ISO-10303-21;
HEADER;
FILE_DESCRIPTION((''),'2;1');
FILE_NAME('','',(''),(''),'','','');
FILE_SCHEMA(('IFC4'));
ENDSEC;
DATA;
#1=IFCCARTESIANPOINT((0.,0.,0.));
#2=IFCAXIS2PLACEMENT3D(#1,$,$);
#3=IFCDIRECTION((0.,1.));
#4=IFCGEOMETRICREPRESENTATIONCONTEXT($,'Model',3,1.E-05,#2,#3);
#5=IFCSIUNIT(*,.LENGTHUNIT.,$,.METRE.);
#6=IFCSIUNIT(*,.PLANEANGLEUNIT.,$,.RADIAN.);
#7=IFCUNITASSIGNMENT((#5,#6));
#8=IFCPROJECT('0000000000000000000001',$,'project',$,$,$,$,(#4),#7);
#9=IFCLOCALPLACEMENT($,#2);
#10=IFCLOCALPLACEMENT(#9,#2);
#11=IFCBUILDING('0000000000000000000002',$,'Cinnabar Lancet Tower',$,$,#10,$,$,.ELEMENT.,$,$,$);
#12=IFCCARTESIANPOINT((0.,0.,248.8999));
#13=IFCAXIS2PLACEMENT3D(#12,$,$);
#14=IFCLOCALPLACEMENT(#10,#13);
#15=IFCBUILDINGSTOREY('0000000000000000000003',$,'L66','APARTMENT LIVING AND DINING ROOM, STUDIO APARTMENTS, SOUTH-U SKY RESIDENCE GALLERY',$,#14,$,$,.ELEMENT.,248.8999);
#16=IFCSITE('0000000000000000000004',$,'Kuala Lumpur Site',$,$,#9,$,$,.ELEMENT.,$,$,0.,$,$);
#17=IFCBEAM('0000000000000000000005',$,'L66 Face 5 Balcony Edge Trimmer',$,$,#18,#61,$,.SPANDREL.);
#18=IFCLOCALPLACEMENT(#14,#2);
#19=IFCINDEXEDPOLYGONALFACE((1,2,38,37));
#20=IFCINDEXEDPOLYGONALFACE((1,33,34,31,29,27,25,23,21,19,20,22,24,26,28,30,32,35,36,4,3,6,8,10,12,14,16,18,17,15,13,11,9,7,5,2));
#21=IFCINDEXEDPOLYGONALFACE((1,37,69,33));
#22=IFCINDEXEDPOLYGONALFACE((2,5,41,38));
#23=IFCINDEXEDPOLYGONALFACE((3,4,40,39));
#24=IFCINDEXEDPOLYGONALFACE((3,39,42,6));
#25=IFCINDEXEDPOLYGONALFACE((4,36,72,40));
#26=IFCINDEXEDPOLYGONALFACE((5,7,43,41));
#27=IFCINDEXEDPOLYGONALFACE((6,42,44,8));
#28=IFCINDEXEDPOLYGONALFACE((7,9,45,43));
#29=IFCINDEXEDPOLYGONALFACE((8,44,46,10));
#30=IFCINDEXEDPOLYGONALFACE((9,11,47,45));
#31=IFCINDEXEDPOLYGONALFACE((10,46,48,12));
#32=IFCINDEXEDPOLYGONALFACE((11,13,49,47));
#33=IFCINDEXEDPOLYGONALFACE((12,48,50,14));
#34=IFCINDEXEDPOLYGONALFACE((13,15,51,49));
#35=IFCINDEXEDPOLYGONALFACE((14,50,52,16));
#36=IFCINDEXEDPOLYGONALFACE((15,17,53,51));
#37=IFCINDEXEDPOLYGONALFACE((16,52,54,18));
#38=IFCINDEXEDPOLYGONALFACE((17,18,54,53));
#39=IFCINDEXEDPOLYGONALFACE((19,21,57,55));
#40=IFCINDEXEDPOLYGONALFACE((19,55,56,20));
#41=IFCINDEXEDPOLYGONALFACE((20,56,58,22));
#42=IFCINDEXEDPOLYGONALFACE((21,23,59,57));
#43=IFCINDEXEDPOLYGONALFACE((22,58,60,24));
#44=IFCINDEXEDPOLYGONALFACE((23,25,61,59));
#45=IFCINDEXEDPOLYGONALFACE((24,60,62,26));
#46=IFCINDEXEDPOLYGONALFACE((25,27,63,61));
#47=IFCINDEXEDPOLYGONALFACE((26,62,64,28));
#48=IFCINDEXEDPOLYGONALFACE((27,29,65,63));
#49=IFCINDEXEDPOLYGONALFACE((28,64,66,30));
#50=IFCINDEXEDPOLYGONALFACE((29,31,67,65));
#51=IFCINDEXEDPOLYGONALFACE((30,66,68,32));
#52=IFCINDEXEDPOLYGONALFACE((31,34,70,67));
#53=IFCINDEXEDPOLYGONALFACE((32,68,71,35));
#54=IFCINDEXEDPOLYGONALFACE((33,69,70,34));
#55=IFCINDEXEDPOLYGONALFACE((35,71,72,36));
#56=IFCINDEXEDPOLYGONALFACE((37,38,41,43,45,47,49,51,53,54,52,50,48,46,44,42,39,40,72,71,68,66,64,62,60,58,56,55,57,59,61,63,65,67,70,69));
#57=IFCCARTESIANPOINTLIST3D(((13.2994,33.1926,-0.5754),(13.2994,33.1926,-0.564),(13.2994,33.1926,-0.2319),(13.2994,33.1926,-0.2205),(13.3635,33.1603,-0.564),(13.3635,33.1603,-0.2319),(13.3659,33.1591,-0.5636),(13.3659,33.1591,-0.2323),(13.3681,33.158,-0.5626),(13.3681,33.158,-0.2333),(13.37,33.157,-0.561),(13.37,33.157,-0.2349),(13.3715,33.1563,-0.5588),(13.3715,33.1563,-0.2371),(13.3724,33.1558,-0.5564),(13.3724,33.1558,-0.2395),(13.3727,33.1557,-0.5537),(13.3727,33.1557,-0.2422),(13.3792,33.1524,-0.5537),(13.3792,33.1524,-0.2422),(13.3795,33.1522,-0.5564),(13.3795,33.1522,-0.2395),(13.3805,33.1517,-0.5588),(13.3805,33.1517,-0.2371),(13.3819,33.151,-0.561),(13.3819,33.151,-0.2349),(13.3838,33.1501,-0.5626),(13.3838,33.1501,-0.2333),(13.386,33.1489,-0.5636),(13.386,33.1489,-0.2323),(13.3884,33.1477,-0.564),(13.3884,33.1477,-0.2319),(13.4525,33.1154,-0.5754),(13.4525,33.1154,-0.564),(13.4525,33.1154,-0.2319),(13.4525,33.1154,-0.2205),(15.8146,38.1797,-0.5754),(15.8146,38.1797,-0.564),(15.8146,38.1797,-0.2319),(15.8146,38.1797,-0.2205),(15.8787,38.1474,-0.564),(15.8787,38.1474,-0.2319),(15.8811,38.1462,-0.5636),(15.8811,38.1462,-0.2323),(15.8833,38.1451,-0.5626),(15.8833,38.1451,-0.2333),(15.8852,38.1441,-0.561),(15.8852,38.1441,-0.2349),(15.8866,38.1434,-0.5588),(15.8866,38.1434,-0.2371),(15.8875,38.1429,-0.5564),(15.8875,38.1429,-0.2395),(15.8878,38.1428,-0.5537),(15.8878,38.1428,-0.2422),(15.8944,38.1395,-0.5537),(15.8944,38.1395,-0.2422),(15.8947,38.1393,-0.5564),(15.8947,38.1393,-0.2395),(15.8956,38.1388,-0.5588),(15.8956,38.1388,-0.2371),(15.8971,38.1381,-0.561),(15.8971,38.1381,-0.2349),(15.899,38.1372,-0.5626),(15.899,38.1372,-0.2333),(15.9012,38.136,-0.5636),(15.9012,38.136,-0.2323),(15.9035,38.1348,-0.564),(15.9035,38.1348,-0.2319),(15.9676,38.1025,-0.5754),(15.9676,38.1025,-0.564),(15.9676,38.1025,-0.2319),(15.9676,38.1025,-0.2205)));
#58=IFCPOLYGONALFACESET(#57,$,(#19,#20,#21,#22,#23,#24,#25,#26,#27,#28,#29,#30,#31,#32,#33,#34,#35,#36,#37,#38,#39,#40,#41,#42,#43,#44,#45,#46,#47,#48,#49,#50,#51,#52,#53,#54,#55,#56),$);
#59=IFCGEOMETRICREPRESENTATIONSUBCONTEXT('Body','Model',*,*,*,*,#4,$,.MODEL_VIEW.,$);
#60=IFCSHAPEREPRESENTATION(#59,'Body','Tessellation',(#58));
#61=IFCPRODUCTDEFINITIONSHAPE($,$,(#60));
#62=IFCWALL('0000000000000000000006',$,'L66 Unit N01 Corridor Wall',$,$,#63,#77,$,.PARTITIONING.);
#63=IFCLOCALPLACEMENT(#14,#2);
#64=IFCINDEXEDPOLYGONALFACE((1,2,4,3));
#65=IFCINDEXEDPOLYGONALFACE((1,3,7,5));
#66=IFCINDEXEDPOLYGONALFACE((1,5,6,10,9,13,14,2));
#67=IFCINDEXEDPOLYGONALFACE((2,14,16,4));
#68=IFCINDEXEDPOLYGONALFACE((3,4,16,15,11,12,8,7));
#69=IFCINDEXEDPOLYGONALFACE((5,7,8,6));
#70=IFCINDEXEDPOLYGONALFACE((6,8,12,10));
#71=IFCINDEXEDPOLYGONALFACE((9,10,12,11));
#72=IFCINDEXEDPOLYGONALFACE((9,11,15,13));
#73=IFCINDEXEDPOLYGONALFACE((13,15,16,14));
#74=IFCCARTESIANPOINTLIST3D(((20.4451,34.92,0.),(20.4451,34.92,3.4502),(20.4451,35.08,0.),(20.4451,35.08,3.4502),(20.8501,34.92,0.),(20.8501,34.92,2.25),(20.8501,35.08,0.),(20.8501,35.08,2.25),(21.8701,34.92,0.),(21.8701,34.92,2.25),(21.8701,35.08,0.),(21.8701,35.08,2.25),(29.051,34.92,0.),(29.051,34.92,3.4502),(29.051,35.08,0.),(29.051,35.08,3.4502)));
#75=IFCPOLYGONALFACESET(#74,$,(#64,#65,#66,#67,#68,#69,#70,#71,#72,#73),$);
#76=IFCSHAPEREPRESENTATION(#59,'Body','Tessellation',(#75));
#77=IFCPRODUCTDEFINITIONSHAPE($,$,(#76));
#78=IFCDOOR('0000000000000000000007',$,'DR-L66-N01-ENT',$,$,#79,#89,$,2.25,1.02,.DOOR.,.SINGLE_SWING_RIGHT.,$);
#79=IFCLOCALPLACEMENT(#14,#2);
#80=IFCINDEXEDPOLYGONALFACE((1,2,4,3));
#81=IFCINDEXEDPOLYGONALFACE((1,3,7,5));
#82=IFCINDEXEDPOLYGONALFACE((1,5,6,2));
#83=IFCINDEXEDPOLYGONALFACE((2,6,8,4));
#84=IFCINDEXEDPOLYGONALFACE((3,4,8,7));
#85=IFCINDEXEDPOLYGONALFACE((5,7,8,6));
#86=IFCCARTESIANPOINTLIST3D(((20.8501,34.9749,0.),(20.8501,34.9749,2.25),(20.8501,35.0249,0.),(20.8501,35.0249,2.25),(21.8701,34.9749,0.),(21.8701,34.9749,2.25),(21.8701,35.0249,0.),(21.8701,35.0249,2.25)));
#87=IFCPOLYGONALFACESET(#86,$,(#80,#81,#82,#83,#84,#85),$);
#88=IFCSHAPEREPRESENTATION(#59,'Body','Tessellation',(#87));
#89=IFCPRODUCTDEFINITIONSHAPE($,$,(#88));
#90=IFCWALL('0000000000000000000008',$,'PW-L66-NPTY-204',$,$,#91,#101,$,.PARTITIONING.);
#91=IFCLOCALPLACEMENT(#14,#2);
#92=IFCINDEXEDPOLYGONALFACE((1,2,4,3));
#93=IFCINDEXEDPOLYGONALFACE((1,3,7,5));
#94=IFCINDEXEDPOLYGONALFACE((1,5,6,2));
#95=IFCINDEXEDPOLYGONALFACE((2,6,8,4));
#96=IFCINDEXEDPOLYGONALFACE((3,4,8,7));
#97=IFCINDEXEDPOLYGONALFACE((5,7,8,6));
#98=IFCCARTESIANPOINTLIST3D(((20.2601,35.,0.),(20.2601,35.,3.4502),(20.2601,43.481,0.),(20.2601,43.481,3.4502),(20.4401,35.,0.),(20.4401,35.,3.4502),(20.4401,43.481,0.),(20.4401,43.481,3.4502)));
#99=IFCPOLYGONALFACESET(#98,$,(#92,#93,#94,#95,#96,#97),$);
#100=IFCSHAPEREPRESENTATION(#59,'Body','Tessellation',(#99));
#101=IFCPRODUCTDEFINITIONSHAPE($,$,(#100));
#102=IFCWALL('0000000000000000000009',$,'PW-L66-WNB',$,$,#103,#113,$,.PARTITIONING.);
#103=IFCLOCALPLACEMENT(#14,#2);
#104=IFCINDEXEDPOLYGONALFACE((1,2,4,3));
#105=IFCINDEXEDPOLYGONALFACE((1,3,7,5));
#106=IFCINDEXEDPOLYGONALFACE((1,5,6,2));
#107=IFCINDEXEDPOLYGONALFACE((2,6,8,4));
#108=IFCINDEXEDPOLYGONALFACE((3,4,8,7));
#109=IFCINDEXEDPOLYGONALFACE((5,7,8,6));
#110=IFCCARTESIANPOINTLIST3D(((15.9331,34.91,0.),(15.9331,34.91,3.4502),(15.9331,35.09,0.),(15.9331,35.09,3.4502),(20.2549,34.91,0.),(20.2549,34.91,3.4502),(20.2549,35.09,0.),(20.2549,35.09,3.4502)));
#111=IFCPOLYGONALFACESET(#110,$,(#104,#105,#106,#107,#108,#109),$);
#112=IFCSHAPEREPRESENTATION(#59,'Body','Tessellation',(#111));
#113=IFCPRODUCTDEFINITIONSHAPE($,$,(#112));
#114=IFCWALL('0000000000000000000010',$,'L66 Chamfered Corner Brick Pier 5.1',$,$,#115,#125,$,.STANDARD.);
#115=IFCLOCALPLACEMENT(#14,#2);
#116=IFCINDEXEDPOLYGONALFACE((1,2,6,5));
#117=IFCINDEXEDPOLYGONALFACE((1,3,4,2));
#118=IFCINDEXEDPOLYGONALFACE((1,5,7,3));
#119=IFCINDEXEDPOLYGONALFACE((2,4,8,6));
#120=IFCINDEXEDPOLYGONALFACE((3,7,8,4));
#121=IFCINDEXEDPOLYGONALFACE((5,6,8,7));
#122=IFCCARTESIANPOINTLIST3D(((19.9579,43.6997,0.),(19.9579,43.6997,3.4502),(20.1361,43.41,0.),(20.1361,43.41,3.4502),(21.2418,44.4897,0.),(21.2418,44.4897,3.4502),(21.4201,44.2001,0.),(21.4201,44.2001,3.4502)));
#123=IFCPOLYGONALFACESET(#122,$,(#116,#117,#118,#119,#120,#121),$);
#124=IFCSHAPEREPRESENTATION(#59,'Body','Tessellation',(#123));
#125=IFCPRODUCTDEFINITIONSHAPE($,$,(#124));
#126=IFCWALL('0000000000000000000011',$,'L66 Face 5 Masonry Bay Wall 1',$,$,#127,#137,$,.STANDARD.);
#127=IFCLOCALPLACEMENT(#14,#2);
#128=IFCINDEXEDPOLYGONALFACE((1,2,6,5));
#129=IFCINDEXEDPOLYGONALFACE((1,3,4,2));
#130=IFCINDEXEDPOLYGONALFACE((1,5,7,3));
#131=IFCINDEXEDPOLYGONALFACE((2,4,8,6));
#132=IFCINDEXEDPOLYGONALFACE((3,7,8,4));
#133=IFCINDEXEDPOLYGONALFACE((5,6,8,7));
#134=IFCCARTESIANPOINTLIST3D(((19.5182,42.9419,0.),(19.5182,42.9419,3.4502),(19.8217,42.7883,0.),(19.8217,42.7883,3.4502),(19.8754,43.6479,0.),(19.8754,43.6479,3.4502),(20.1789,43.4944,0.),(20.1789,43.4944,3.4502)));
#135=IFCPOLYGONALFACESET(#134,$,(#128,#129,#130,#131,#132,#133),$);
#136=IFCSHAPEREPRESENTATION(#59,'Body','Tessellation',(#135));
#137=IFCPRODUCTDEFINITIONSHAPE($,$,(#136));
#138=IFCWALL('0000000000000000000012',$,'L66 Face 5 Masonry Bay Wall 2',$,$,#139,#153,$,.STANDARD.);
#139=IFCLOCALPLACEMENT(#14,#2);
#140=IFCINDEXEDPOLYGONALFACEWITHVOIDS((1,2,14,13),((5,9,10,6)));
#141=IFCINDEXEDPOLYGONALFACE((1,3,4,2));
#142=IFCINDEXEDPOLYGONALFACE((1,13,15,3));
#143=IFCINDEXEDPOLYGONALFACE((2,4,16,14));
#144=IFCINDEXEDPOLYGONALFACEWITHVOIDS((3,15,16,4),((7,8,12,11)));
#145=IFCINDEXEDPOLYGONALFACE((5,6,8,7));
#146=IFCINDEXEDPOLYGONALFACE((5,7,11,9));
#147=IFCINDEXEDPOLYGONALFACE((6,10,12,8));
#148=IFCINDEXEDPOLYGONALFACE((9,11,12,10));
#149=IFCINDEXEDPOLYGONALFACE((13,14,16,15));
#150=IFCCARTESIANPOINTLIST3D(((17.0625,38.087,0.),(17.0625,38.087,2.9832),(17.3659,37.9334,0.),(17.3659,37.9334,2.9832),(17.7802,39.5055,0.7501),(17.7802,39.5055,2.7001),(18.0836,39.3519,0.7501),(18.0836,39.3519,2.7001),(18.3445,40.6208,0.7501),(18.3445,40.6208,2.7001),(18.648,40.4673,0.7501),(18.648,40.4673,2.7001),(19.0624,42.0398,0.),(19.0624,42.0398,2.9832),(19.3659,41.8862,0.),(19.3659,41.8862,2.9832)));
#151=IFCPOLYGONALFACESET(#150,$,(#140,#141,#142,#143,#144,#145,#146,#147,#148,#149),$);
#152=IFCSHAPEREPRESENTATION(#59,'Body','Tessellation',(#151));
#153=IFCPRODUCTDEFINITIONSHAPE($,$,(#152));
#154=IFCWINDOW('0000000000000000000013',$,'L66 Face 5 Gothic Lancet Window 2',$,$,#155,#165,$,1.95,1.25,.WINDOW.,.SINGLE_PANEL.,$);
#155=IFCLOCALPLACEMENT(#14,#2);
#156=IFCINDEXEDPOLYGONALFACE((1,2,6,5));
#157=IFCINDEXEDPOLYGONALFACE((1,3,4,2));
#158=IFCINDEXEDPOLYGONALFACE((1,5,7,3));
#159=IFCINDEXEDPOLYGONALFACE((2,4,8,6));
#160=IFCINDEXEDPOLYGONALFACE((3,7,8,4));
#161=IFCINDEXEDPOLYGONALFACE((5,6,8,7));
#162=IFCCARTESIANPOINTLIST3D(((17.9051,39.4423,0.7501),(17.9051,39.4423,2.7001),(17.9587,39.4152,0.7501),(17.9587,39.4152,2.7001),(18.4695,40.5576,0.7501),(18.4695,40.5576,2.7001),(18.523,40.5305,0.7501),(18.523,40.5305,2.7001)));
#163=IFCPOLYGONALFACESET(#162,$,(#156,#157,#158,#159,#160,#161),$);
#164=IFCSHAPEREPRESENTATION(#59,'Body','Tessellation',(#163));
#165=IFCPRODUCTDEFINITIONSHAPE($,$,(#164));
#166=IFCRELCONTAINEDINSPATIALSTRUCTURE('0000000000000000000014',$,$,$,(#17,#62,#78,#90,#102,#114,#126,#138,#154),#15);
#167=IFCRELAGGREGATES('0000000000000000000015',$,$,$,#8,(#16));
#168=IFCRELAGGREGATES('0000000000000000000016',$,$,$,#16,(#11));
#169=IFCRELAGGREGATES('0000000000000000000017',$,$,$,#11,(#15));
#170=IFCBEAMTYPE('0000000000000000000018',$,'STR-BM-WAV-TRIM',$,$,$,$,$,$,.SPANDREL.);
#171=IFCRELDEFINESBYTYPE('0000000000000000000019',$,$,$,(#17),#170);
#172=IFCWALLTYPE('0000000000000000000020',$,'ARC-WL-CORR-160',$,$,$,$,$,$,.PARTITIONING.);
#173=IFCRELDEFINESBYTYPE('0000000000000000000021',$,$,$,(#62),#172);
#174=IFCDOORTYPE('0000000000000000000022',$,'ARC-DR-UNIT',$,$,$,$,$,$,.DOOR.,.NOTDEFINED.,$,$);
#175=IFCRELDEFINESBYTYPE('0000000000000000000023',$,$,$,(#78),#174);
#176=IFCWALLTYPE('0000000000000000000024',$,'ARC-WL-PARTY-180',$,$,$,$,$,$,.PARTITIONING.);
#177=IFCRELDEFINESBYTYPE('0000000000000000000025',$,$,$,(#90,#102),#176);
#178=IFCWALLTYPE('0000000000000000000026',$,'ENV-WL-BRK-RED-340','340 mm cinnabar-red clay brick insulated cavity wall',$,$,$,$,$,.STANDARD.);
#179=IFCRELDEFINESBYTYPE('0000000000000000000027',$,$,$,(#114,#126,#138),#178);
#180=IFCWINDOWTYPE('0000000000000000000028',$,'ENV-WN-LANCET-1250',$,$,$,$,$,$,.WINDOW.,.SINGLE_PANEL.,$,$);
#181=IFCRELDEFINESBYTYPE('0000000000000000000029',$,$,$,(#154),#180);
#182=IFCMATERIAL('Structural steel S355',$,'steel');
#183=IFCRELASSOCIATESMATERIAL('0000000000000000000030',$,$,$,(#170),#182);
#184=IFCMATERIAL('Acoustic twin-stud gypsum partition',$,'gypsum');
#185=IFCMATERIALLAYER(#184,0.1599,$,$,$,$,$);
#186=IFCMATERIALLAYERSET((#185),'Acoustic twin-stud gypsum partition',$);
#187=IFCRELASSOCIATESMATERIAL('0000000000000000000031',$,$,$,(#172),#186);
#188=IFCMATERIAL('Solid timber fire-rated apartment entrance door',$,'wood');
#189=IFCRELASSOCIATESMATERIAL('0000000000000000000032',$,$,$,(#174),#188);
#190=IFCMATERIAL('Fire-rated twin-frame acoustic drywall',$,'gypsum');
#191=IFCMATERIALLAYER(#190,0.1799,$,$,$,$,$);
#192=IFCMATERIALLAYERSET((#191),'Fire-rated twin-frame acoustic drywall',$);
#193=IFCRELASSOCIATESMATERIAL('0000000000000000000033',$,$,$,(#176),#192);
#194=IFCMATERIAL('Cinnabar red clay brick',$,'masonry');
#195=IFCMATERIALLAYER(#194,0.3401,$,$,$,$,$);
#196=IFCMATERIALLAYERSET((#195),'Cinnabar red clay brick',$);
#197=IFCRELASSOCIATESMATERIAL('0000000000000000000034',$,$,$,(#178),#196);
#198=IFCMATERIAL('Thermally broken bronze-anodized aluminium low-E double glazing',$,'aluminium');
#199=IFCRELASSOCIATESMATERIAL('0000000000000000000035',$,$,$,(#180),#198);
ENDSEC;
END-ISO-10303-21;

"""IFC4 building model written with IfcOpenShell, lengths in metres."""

from ifc_helpers import new_model, si_unit, direction, frame, frame_2d, origin, origin_2d, place, context, subcontext, project, spatial, rectangle, i_section, extrude, material, layer, layer_set, material_profile, profile_set, type_object, element, fill, save


model = new_model("IFC4")

# Units and contexts
model_context = context("Model", 3, precision=1e-05, world=origin(), true_north=direction((0.0, 1.0)))
body_context = subcontext(model_context, "Body", "Model", "MODEL_VIEW")
ifc_project = project(units=[si_unit("LENGTHUNIT", "METRE"), si_unit("PLANEANGLEUNIT", "RADIAN")], contexts=[model_context])

# Site, building, storey
site_placement = place(None, origin())
site = spatial("IfcSite", under=ifc_project, at=site_placement, Name="Kuala Lumpur Site", CompositionType="ELEMENT", RefElevation=0.0)
building_placement = place(site_placement, origin())
building = spatial("IfcBuilding", under=site, at=building_placement, Name="Cinnabar Lancet Tower", CompositionType="ELEMENT")
storey_placement = place(building_placement, frame((0.0, 0.0, 248.8999)))
storey = spatial("IfcBuildingStorey", under=building, at=storey_placement, Name="L66", Description="APARTMENT LIVING AND DINING ROOM, STUDIO APARTMENTS, SOUTH-U SKY RESIDENCE GALLERY", CompositionType="ELEMENT", Elevation=248.8999)

# Beam
ifc_material_1 = material(Name="Structural steel S355", Category="steel")
ifc_material_profile_1 = material_profile(ifc_material_1, i_section(OverallWidth=0.1714, OverallDepth=0.355, WebThickness=0.0073, FlangeThickness=0.0115, FilletRadius=0.0103, at=origin_2d()), Name="UKB 356x171x51")
ifc_profile_set_1 = profile_set([ifc_material_profile_1], Name="Structural steel S355")
beam_type_1 = type_object("IfcBeamType", Name="STR-BM-WAV-TRIM", PredefinedType="SPANDREL", material=ifc_profile_set_1)
beam_1_placement = place(storey_placement, frame((15.8911, 38.1411, -0.3979), z_axis=(-0.450306, -0.892874, 0.0), x_axis=(0.892874, -0.450306, 0.0)))
element("IfcBeam", 1, at=beam_1_placement, inside=storey, type_object=beam_type_1, Name="L66 Face 5 Balcony Edge Trimmer", PredefinedType="SPANDREL", context=body_context, shape_type="SweptSolid", body=[
    extrude(i_section(OverallWidth=0.1714, OverallDepth=0.355, WebThickness=0.0073, FlangeThickness=0.0115, FilletRadius=0.0103, at=origin_2d()), origin(), (0.0, 0.0, 1.0), 5.5854),
])

# Wall, opening, door
ifc_material_2 = material(Name="Acoustic twin-stud gypsum partition", Category="gypsum")
ifc_layer_1 = layer(ifc_material_2, 0.1599)
ifc_layer_set_1 = layer_set([ifc_layer_1], Name="Acoustic twin-stud gypsum partition")
wall_type_1 = type_object("IfcWallType", Name="ARC-WL-CORR-160", PredefinedType="PARTITIONING", material=ifc_layer_set_1)
wall_1_placement = place(storey_placement, frame((20.4451, 35.0, 0.0), z_axis=(0.0, 0.0, 1.0), x_axis=(1.0, 0.0, 0.0)))
wall_1 = element("IfcWall", 2, at=wall_1_placement, inside=storey, type_object=wall_type_1, Name="L66 Unit N01 Corridor Wall", PredefinedType="PARTITIONING", context=body_context, shape_type="SweptSolid", body=[
    extrude(rectangle(XDim=8.606, YDim=0.1599, at=frame_2d((4.303, 0.0))), origin(), (0.0, 0.0, 1.0), 3.4502),
])
opening_1_placement = place(wall_1_placement, frame((0.405, 0.0, 0.0)))
opening_1 = element("IfcOpeningElement", 3, at=opening_1_placement, cuts=wall_1, PredefinedType="OPENING", context=body_context, shape_type="SweptSolid", body=[
    extrude(rectangle(XDim=1.02, YDim=2.25, at=frame_2d((0.51, 1.125))), frame((0.0, 0.0898, 0.0), z_axis=(0.0, -1.0, 0.0), x_axis=(1.0, 0.0, 0.0)), (0.0, 0.0, 1.0), 0.1799),
])
ifc_material_3 = material(Name="Solid timber fire-rated apartment entrance door", Category="wood")
door_type_1 = type_object("IfcDoorType", Name="ARC-DR-UNIT", OperationType="NOTDEFINED", PredefinedType="DOOR", material=ifc_material_3)
door_1_placement = place(opening_1_placement, origin())
door_1 = element("IfcDoor", 4, at=door_1_placement, inside=storey, type_object=door_type_1, Name="DR-L66-N01-ENT", OperationType="SINGLE_SWING_RIGHT", OverallHeight=2.25, OverallWidth=1.02, PredefinedType="DOOR", context=body_context, shape_type="SweptSolid", body=[
    extrude(rectangle(XDim=1.02, YDim=2.25, at=frame_2d((0.51, 1.125))), frame((0.0, 0.0249, 0.0), z_axis=(0.0, -1.0, 0.0), x_axis=(1.0, 0.0, 0.0)), (0.0, 0.0, 1.0), 0.05),
])
fill(opening_1, door_1)

# Walls
ifc_material_4 = material(Name="Fire-rated twin-frame acoustic drywall", Category="gypsum")
ifc_layer_2 = layer(ifc_material_4, 0.1799)
ifc_layer_set_2 = layer_set([ifc_layer_2], Name="Fire-rated twin-frame acoustic drywall")
wall_type_2 = type_object("IfcWallType", Name="ARC-WL-PARTY-180", PredefinedType="PARTITIONING", material=ifc_layer_set_2)
wall_2_placement = place(storey_placement, frame((20.3501, 35.0, 0.0), z_axis=(0.0, 0.0, 1.0), x_axis=(0.0, 1.0, 0.0)))
element("IfcWall", 5, at=wall_2_placement, inside=storey, type_object=wall_type_2, Name="PW-L66-NPTY-204", PredefinedType="PARTITIONING", context=body_context, shape_type="SweptSolid", body=[
    extrude(rectangle(XDim=8.481, YDim=0.1799, at=frame_2d((4.2405, 0.0))), origin(), (0.0, 0.0, 1.0), 3.4502),
])
wall_3_placement = place(storey_placement, frame((15.9331, 35.0, 0.0), z_axis=(0.0, 0.0, 1.0), x_axis=(1.0, 0.0, 0.0)))
element("IfcWall", 6, at=wall_3_placement, inside=storey, type_object=wall_type_2, Name="PW-L66-WNB", PredefinedType="PARTITIONING", context=body_context, shape_type="SweptSolid", body=[
    extrude(rectangle(XDim=4.3218, YDim=0.1799, at=frame_2d((2.1609, 0.0))), origin(), (0.0, 0.0, 1.0), 3.4502),
])
ifc_material_5 = material(Name="Cinnabar red clay brick", Category="masonry")
ifc_layer_3 = layer(ifc_material_5, 0.3401)
ifc_layer_set_3 = layer_set([ifc_layer_3], Name="Cinnabar red clay brick")
wall_type_3 = type_object("IfcWallType", Name="ENV-WL-BRK-RED-340", Description="340 mm cinnabar-red clay brick insulated cavity wall", PredefinedType="STANDARD", material=ifc_layer_set_3)
wall_4_placement = place(storey_placement, frame((21.3311, 44.345, 0.0), z_axis=(0.0, 0.0, 1.0), x_axis=(-0.851681, -0.524061, 0.0)))
element("IfcWall", 7, at=wall_4_placement, inside=storey, type_object=wall_type_3, Name="L66 Chamfered Corner Brick Pier 5.1", PredefinedType="STANDARD", context=body_context, shape_type="SweptSolid", body=[
    extrude(rectangle(XDim=1.5076, YDim=0.3401, at=frame_2d((0.7539, 0.0))), origin(), (0.0, 0.0, 1.0), 3.4502),
])
wall_5_placement = place(storey_placement, frame((20.0271, 43.571, 0.0), z_axis=(0.0, 0.0, 1.0), x_axis=(-0.451405, -0.892319, 0.0)))
element("IfcWall", 8, at=wall_5_placement, inside=storey, type_object=wall_type_3, Name="L66 Face 5 Masonry Bay Wall 1", PredefinedType="STANDARD", context=body_context, shape_type="SweptSolid", body=[
    extrude(rectangle(XDim=0.7913, YDim=0.3401, at=frame_2d((0.3955, 0.0))), origin(), (0.0, 0.0, 1.0), 3.4502),
])

# Wall, opening, window
wall_6_placement = place(storey_placement, frame((19.2141, 41.9629, 0.0), z_axis=(0.0, 0.0, 1.0), x_axis=(-0.451463, -0.89229, 0.0)))
wall_6 = element("IfcWall", 9, at=wall_6_placement, inside=storey, type_object=wall_type_3, Name="L66 Face 5 Masonry Bay Wall 2", PredefinedType="STANDARD", context=body_context, shape_type="SweptSolid", body=[
    extrude(rectangle(XDim=4.4299, YDim=0.3401, at=frame_2d((2.2148, 0.0))), origin(), (0.0, 0.0, 1.0), 2.9832),
])
opening_2_placement = place(wall_6_placement, frame((1.5901, 0.0, 0.75)))
opening_2 = element("IfcOpeningElement", 10, at=opening_2_placement, cuts=wall_6, PredefinedType="OPENING", context=body_context, shape_type="SweptSolid", body=[
    extrude(rectangle(XDim=1.25, YDim=1.95, at=frame_2d((0.625, 0.9751))), frame((0.0, 0.1799, 0.0), z_axis=(0.0, -1.0, 0.0), x_axis=(1.0, 0.0, 0.0)), (0.0, 0.0, 1.0), 0.3601),
])
ifc_material_6 = material(Name="Thermally broken bronze-anodized aluminium low-E double glazing", Category="aluminium")
window_type_1 = type_object("IfcWindowType", Name="ENV-WN-LANCET-1250", PartitioningType="SINGLE_PANEL", PredefinedType="WINDOW", material=ifc_material_6)
window_1_placement = place(opening_2_placement, origin())
window_1 = element("IfcWindow", 11, at=window_1_placement, inside=storey, type_object=window_type_1, Name="L66 Face 5 Gothic Lancet Window 2", OverallHeight=1.95, OverallWidth=1.25, PartitioningType="SINGLE_PANEL", PredefinedType="WINDOW", context=body_context, shape_type="SweptSolid", body=[
    extrude(rectangle(XDim=1.25, YDim=1.95, at=frame_2d((0.625, 0.9751))), frame((0.0, 0.03, 0.0), z_axis=(0.0, -1.0, 0.0), x_axis=(1.0, 0.0, 0.0)), (0.0, 0.0, 1.0), 0.0601),
])
fill(opening_2, window_1)

save(model, "model.ifc")
